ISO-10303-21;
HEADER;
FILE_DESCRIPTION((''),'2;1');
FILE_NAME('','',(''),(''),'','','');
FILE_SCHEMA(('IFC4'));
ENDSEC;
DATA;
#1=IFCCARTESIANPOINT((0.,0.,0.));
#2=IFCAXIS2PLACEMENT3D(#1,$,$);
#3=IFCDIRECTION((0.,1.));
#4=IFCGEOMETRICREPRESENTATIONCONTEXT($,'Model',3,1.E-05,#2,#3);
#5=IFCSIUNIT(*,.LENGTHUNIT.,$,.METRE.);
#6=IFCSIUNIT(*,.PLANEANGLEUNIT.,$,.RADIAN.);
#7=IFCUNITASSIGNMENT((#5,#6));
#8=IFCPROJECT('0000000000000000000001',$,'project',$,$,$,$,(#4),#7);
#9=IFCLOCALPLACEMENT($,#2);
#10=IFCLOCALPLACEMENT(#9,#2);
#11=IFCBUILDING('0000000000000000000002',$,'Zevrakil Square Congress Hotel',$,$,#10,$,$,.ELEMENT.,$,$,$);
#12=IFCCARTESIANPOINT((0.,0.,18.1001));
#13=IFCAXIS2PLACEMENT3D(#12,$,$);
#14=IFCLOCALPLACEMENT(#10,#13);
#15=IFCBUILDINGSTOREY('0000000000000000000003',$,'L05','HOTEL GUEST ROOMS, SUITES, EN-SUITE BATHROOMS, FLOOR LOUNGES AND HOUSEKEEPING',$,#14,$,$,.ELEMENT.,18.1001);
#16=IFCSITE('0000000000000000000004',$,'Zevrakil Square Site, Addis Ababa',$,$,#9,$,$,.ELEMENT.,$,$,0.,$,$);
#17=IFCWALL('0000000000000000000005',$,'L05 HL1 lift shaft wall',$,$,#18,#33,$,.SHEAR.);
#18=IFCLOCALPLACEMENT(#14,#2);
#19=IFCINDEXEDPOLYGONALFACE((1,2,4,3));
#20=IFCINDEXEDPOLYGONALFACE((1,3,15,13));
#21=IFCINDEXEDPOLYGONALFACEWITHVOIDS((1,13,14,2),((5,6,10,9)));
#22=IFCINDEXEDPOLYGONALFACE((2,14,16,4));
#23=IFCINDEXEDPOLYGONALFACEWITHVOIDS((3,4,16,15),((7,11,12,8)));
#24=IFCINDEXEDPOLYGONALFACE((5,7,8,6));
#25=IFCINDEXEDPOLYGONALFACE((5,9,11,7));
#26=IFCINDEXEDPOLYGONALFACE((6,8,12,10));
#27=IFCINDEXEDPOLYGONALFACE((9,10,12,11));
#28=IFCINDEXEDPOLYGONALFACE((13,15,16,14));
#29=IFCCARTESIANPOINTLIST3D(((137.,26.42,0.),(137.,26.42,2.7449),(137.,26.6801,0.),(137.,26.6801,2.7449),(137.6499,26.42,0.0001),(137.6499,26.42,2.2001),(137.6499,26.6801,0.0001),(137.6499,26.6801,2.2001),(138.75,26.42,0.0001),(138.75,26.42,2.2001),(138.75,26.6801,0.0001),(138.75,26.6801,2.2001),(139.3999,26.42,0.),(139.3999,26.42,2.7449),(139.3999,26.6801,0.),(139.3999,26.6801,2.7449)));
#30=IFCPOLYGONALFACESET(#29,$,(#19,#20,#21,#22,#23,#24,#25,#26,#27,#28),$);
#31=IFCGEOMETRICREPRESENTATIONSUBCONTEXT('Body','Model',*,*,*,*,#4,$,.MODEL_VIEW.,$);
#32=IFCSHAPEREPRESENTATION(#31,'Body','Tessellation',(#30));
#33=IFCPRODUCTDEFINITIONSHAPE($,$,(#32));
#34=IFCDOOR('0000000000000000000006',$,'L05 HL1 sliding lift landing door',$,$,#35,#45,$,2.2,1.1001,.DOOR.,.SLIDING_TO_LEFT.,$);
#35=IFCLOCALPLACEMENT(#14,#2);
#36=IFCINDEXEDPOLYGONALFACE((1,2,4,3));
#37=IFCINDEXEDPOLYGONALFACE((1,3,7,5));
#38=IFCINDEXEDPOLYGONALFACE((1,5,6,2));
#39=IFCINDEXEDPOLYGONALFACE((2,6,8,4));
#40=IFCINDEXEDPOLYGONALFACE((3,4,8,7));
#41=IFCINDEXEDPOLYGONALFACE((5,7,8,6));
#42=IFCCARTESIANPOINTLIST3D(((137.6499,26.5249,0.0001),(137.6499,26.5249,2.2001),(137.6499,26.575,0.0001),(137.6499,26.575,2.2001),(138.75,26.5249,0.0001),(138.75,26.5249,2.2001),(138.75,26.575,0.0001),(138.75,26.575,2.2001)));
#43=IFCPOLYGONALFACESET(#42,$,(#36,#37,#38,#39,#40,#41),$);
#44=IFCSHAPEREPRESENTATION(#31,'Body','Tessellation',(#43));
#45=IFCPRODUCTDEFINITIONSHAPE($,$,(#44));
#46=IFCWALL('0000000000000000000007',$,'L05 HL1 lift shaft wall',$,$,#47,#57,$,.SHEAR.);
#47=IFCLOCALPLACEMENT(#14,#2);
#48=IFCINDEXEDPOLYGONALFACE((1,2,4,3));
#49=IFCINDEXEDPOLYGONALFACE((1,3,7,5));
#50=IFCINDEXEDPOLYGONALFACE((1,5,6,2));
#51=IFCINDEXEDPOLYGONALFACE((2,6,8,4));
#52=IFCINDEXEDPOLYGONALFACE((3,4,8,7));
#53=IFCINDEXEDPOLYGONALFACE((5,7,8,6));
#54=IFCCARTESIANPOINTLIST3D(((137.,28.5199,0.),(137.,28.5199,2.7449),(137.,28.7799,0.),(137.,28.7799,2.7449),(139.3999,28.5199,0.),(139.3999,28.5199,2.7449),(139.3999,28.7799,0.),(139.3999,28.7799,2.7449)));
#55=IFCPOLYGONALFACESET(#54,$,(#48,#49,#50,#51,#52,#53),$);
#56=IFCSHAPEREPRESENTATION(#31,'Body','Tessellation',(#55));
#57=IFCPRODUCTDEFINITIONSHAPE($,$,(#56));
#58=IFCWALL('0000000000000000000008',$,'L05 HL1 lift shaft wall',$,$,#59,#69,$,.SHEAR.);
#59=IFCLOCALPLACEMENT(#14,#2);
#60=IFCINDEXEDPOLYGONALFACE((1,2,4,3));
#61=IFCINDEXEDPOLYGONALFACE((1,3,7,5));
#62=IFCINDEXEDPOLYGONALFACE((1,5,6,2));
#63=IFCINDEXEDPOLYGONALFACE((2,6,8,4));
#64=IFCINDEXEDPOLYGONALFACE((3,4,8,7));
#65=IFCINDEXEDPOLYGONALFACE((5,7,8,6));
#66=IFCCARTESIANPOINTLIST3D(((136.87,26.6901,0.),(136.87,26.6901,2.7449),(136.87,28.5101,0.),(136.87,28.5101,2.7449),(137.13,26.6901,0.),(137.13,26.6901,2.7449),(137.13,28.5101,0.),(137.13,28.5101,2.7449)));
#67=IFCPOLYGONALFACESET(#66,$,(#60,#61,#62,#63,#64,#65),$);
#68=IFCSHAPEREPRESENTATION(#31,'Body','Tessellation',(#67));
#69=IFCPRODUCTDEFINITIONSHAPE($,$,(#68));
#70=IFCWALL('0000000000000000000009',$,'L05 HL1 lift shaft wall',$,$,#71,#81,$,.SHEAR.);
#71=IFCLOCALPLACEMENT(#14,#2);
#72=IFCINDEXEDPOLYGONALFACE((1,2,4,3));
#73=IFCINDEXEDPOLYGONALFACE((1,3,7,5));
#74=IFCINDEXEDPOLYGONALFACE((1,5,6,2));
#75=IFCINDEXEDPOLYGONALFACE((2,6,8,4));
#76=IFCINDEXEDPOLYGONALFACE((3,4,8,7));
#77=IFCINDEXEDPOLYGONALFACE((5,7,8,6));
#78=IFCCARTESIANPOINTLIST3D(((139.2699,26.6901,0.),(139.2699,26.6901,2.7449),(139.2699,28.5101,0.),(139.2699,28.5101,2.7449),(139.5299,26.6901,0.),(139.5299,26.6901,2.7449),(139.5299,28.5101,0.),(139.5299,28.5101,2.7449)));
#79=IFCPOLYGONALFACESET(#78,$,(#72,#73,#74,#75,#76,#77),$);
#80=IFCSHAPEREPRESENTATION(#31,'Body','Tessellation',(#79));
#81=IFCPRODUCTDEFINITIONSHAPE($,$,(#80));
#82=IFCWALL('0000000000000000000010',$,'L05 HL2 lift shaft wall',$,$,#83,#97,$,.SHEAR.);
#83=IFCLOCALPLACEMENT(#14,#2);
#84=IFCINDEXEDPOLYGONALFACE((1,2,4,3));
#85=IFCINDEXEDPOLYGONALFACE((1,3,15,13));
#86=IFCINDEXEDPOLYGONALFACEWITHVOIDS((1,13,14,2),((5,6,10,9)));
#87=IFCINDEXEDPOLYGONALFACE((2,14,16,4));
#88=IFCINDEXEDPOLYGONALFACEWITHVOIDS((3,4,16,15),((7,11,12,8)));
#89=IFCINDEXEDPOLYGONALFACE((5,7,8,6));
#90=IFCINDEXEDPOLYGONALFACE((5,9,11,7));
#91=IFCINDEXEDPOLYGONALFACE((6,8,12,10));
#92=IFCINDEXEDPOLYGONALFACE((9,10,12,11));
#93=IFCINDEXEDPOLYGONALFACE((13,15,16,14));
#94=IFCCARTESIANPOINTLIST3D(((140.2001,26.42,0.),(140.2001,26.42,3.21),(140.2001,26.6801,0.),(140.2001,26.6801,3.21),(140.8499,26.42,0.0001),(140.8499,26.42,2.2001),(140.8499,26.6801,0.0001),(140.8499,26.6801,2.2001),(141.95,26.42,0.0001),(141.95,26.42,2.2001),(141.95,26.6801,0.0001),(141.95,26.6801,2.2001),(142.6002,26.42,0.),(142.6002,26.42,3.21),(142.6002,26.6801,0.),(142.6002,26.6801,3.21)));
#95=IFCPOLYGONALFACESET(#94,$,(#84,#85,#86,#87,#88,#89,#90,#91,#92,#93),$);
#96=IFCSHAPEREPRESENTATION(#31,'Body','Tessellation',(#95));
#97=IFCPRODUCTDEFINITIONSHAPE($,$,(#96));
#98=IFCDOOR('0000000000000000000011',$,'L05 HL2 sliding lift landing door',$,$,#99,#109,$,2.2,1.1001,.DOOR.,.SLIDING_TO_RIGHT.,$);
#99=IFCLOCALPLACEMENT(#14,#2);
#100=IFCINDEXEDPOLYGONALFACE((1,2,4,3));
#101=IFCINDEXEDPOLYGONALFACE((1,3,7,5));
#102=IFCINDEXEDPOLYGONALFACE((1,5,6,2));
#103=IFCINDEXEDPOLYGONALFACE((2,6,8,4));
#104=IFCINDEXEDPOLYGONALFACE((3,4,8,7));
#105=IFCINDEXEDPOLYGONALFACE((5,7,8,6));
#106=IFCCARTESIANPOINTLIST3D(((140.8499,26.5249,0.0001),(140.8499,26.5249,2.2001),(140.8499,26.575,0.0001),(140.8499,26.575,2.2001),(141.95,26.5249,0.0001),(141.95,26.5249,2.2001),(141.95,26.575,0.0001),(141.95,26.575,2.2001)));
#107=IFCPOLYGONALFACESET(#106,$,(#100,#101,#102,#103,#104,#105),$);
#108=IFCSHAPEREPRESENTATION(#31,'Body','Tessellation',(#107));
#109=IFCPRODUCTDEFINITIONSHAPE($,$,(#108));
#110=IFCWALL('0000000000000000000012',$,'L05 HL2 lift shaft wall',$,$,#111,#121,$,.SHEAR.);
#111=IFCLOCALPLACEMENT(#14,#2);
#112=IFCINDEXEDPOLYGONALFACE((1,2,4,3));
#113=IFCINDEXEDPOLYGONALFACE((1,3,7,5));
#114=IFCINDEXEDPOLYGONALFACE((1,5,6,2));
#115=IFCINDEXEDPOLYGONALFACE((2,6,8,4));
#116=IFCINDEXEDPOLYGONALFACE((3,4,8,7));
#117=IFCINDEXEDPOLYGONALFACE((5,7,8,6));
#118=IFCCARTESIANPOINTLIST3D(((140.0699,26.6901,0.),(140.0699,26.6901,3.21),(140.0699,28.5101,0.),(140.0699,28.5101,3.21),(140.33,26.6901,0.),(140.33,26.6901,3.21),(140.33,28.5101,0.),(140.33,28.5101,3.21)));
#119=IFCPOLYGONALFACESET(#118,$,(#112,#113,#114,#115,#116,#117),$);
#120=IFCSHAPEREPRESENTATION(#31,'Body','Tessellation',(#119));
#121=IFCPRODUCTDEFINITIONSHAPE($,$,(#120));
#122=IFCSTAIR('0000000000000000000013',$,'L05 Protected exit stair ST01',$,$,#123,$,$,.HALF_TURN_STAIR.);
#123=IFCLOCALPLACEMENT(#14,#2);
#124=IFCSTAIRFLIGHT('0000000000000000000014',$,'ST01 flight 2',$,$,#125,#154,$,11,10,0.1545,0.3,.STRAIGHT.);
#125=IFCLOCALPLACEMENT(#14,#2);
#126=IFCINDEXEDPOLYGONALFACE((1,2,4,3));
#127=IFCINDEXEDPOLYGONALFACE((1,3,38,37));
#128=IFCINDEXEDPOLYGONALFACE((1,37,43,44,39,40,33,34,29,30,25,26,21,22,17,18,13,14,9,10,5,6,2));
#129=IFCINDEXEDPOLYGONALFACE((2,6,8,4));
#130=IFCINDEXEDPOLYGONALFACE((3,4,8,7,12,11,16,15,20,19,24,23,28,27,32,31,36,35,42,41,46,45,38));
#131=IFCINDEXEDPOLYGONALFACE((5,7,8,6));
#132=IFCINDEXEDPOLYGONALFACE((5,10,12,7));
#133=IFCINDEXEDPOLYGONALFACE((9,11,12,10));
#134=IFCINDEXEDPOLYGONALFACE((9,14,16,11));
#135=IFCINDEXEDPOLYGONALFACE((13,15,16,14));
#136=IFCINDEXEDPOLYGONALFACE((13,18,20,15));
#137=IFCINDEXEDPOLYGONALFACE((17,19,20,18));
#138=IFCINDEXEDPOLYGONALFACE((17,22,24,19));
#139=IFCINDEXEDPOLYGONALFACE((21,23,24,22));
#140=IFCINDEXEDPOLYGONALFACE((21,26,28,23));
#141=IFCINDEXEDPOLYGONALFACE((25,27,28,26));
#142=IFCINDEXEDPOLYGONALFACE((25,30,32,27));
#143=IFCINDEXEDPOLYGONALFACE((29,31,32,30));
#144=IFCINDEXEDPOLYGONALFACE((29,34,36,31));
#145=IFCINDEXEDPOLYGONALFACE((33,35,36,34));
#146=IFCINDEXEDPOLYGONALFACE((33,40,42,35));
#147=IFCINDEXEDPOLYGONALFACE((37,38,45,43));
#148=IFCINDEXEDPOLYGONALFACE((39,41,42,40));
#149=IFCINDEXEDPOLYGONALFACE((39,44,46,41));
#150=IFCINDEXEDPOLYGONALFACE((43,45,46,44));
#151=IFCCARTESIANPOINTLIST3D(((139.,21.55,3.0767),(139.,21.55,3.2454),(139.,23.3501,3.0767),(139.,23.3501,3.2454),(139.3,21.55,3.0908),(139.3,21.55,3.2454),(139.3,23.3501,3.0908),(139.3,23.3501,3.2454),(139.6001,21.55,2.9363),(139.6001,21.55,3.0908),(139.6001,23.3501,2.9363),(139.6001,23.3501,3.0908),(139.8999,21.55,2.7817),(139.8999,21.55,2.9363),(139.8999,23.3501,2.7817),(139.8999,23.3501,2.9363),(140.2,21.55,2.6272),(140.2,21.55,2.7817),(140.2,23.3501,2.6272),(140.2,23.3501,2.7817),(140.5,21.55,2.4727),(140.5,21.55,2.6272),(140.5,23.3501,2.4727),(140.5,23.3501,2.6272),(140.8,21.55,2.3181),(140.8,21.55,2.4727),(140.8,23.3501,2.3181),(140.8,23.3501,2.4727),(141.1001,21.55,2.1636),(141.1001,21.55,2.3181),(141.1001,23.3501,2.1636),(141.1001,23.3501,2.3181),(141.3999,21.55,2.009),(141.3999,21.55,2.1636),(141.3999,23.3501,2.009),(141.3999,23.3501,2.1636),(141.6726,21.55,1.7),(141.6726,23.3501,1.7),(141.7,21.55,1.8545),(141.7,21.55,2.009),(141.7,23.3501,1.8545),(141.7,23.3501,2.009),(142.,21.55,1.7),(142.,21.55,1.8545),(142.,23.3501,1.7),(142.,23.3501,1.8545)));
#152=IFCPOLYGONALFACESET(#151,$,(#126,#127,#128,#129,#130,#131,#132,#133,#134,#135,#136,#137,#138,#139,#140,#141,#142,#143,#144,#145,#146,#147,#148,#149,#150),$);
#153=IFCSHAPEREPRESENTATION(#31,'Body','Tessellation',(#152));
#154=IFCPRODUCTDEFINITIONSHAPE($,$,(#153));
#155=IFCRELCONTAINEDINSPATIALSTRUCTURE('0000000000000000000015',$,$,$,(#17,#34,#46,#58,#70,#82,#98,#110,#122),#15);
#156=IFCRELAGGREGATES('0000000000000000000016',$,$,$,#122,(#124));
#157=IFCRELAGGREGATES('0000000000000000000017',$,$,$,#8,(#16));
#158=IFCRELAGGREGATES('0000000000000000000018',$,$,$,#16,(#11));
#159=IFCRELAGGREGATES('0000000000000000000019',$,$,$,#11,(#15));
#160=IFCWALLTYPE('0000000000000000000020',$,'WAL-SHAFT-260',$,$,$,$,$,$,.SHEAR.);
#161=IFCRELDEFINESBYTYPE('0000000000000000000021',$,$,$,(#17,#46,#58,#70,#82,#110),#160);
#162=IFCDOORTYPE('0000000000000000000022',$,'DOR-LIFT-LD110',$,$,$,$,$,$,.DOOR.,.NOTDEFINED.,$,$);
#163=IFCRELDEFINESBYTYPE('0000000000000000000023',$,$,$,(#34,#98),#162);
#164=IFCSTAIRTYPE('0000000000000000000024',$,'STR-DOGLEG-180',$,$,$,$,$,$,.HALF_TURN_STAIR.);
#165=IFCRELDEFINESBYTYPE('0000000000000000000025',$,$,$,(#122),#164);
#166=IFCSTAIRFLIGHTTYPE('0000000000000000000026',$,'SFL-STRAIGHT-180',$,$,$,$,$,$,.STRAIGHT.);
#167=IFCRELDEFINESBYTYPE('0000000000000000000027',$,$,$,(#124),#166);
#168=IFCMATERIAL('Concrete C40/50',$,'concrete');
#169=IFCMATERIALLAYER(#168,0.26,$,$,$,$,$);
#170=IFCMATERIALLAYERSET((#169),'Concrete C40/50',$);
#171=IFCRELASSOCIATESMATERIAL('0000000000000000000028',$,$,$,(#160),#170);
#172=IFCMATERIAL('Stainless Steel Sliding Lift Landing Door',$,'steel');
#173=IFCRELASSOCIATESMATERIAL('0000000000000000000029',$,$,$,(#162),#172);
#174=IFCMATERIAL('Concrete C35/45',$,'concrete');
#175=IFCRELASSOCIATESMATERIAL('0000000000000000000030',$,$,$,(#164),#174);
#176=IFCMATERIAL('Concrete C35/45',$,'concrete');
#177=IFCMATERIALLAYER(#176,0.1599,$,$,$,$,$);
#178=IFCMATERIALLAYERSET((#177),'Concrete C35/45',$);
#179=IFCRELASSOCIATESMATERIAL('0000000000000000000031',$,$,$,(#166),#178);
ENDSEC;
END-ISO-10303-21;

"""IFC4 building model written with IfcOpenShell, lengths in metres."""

from ifc_helpers import new_model, si_unit, direction, frame, frame_2d, origin, place, context, subcontext, project, spatial, polyline, rectangle, outline, extrude, material, layer, layer_set, type_object, element, fill, aggregate, save


model = new_model("IFC4")

# Units and contexts
model_context = context("Model", 3, precision=1e-05, world=origin(), true_north=direction((0.0, 1.0)))
body_context = subcontext(model_context, "Body", "Model", "MODEL_VIEW")
ifc_project = project(units=[si_unit("LENGTHUNIT", "METRE"), si_unit("PLANEANGLEUNIT", "RADIAN")], contexts=[model_context])

# Site, building, storey
site_placement = place(None, origin())
site = spatial("IfcSite", under=ifc_project, at=site_placement, Name="Zevrakil Square Site, Addis Ababa", CompositionType="ELEMENT", RefElevation=0.0)
building_placement = place(site_placement, origin())
building = spatial("IfcBuilding", under=site, at=building_placement, Name="Zevrakil Square Congress Hotel", CompositionType="ELEMENT")
storey_placement = place(building_placement, frame((0.0, 0.0, 18.1001)))
storey = spatial("IfcBuildingStorey", under=building, at=storey_placement, Name="L05", Description="HOTEL GUEST ROOMS, SUITES, EN-SUITE BATHROOMS, FLOOR LOUNGES AND HOUSEKEEPING", CompositionType="ELEMENT", Elevation=18.1001)

# Shared definitions
ifc_material_1 = material(Name="Concrete C40/50", Category="concrete")
ifc_layer_1 = layer(ifc_material_1, 0.26)
ifc_layer_set_1 = layer_set([ifc_layer_1], Name="Concrete C40/50")
wall_type_1 = type_object("IfcWallType", Name="WAL-SHAFT-260", PredefinedType="SHEAR", material=ifc_layer_set_1)

# Wall, opening, door
wall_1_placement = place(storey_placement, frame((137.0, 26.55, 0.0), z_axis=(0.0, 0.0, 1.0), x_axis=(1.0, 0.0, 0.0)))
wall_1 = element("IfcWall", 1, at=wall_1_placement, inside=storey, type_object=wall_type_1, Name="L05 HL1 lift shaft wall", PredefinedType="SHEAR", context=body_context, shape_type="SweptSolid", body=[
    extrude(rectangle(XDim=2.3999, YDim=0.26, at=frame_2d((1.2, 0.0))), origin(), (0.0, 0.0, 1.0), 2.7449),
])
opening_1_placement = place(wall_1_placement, frame((0.6499, 0.0, 0.0)))
opening_1 = element("IfcOpeningElement", 2, at=opening_1_placement, cuts=wall_1, PredefinedType="OPENING", context=body_context, shape_type="SweptSolid", body=[
    extrude(rectangle(XDim=1.1001, YDim=2.2, at=frame_2d((0.55, 1.1001))), frame((0.0, 0.1401, 0.0), z_axis=(0.0, -1.0, 0.0), x_axis=(1.0, 0.0, 0.0)), (0.0, 0.0, 1.0), 0.28),
])
ifc_material_2 = material(Name="Stainless Steel Sliding Lift Landing Door", Category="steel")
door_type_1 = type_object("IfcDoorType", Name="DOR-LIFT-LD110", OperationType="NOTDEFINED", PredefinedType="DOOR", material=ifc_material_2)
door_1_placement = place(opening_1_placement, origin())
door_1 = element("IfcDoor", 3, at=door_1_placement, inside=storey, type_object=door_type_1, Name="L05 HL1 sliding lift landing door", OperationType="SLIDING_TO_LEFT", OverallHeight=2.2, OverallWidth=1.1001, PredefinedType="DOOR", context=body_context, shape_type="SweptSolid", body=[
    extrude(rectangle(XDim=1.1001, YDim=2.2, at=frame_2d((0.55, 1.1001))), frame((0.0, 0.0249, 0.0), z_axis=(0.0, -1.0, 0.0), x_axis=(1.0, 0.0, 0.0)), (0.0, 0.0, 1.0), 0.05),
])
fill(opening_1, door_1)

# Walls
wall_2_placement = place(storey_placement, frame((137.0, 28.6499, 0.0), z_axis=(0.0, 0.0, 1.0), x_axis=(1.0, 0.0, 0.0)))
element("IfcWall", 4, at=wall_2_placement, inside=storey, type_object=wall_type_1, Name="L05 HL1 lift shaft wall", PredefinedType="SHEAR", context=body_context, shape_type="SweptSolid", body=[
    extrude(rectangle(XDim=2.3999, YDim=0.26, at=frame_2d((1.2, 0.0))), origin(), (0.0, 0.0, 1.0), 2.7449),
])
for number, where, z_axis, x_axis, name in (
    (5, (137.0, 26.6899, 0.0), (0.0, 0.0, 1.0), (0.0, 1.0, 0.0), "L05 HL1 lift shaft wall"),
    (6, (139.3999, 26.6899, 0.0), (0.0, 0.0, 1.0), (0.0, 1.0, 0.0), "L05 HL1 lift shaft wall"),
):
    element("IfcWall", number, at=place(storey_placement, frame(where, z_axis=z_axis, x_axis=x_axis)), inside=storey, type_object=wall_type_1, Name=name, PredefinedType="SHEAR", context=body_context, shape_type="SweptSolid", body=[
        extrude(rectangle(XDim=1.8201, YDim=0.26, at=frame_2d((0.9102, 0.0))), origin(), (0.0, 0.0, 1.0), 2.7449),
    ])

# Wall, opening, door
wall_3_placement = place(storey_placement, frame((140.2, 26.55, 0.0), z_axis=(0.0, 0.0, 1.0), x_axis=(1.0, 0.0, 0.0)))
wall_3 = element("IfcWall", 7, at=wall_3_placement, inside=storey, type_object=wall_type_1, Name="L05 HL2 lift shaft wall", PredefinedType="SHEAR", context=body_context, shape_type="SweptSolid", body=[
    extrude(rectangle(XDim=2.4001, YDim=0.26, at=frame_2d((1.2002, 0.0))), origin(), (0.0, 0.0, 1.0), 3.21),
])
opening_2_placement = place(wall_3_placement, frame((0.6499, 0.0, 0.0)))
opening_2 = element("IfcOpeningElement", 8, at=opening_2_placement, cuts=wall_3, PredefinedType="OPENING", context=body_context, shape_type="SweptSolid", body=[
    extrude(rectangle(XDim=1.1001, YDim=2.2, at=frame_2d((0.55, 1.1001))), frame((0.0, 0.1401, 0.0), z_axis=(0.0, -1.0, 0.0), x_axis=(1.0, 0.0, 0.0)), (0.0, 0.0, 1.0), 0.28),
])
door_2_placement = place(opening_2_placement, origin())
door_2 = element("IfcDoor", 9, at=door_2_placement, inside=storey, type_object=door_type_1, Name="L05 HL2 sliding lift landing door", OperationType="SLIDING_TO_RIGHT", OverallHeight=2.2, OverallWidth=1.1001, PredefinedType="DOOR", context=body_context, shape_type="SweptSolid", body=[
    extrude(rectangle(XDim=1.1001, YDim=2.2, at=frame_2d((0.55, 1.1001))), frame((0.0, 0.0249, 0.0), z_axis=(0.0, -1.0, 0.0), x_axis=(1.0, 0.0, 0.0)), (0.0, 0.0, 1.0), 0.05),
])
fill(opening_2, door_2)

# Wall
wall_4_placement = place(storey_placement, frame((140.2, 26.6899, 0.0), z_axis=(0.0, 0.0, 1.0), x_axis=(0.0, 1.0, 0.0)))
element("IfcWall", 10, at=wall_4_placement, inside=storey, type_object=wall_type_1, Name="L05 HL2 lift shaft wall", PredefinedType="SHEAR", context=body_context, shape_type="SweptSolid", body=[
    extrude(rectangle(XDim=1.8201, YDim=0.26, at=frame_2d((0.9102, 0.0))), origin(), (0.0, 0.0, 1.0), 3.21),
])

# Stair, stair flight
ifc_material_3 = material(Name="Concrete C35/45", Category="concrete")
stair_type = type_object("IfcStairType", Name="STR-DOGLEG-180", PredefinedType="HALF_TURN_STAIR", material=ifc_material_3)
stair_placement = place(storey_placement, origin())
stair = element("IfcStair", 11, at=stair_placement, inside=storey, type_object=stair_type, Name="L05 Protected exit stair ST01", PredefinedType="HALF_TURN_STAIR")
ifc_material_4 = material(Name="Concrete C35/45", Category="concrete")
ifc_layer_2 = layer(ifc_material_4, 0.1599)
ifc_layer_set_2 = layer_set([ifc_layer_2], Name="Concrete C35/45")
stair_flight_type = type_object("IfcStairFlightType", Name="SFL-STRAIGHT-180", PredefinedType="STRAIGHT", material=ifc_layer_set_2)
stair_flight_placement = place(storey_placement, frame((142.0, 22.45, 1.7), z_axis=(0.0, 0.0, 1.0), x_axis=(-1.0, 0.0, 0.0)))
stair_flight = element("IfcStairFlight", 12, at=stair_flight_placement, type_object=stair_flight_type, Name="ST01 flight 2", NumberOfRisers=11, NumberOfTreads=10, PredefinedType="STRAIGHT", RiserHeight=0.1545, TreadLength=0.3, context=body_context, shape_type="SweptSolid", body=[
    extrude(outline(polyline([(0.0, 0.0), (0.0, 0.1545), (0.3, 0.1545), (0.3, 0.3091), (0.6001, 0.3091), (0.6001, 0.4636), (0.8999, 0.4636), (0.8999, 0.6182), (1.2, 0.6182), (1.2, 0.7727), (1.5, 0.7727), (1.5, 0.9272), (1.8, 0.9272), (1.8, 1.0818), (2.1001, 1.0818), (2.1001, 1.2363), (2.3999, 1.2363), (2.3999, 1.3909), (2.7, 1.3909), (2.7, 1.5454), (3.0, 1.5454), (3.0, 1.7), (3.0, 1.3767), (0.3274, 0.0), (0.0, 0.0)])), frame((0.0, 0.8999, 0.0), z_axis=(0.0, -1.0, 0.0), x_axis=(1.0, 0.0, 0.0)), (0.0, 0.0, 1.0), 1.8),
])
aggregate(stair, [stair_flight])

save(model, "model.ifc")
